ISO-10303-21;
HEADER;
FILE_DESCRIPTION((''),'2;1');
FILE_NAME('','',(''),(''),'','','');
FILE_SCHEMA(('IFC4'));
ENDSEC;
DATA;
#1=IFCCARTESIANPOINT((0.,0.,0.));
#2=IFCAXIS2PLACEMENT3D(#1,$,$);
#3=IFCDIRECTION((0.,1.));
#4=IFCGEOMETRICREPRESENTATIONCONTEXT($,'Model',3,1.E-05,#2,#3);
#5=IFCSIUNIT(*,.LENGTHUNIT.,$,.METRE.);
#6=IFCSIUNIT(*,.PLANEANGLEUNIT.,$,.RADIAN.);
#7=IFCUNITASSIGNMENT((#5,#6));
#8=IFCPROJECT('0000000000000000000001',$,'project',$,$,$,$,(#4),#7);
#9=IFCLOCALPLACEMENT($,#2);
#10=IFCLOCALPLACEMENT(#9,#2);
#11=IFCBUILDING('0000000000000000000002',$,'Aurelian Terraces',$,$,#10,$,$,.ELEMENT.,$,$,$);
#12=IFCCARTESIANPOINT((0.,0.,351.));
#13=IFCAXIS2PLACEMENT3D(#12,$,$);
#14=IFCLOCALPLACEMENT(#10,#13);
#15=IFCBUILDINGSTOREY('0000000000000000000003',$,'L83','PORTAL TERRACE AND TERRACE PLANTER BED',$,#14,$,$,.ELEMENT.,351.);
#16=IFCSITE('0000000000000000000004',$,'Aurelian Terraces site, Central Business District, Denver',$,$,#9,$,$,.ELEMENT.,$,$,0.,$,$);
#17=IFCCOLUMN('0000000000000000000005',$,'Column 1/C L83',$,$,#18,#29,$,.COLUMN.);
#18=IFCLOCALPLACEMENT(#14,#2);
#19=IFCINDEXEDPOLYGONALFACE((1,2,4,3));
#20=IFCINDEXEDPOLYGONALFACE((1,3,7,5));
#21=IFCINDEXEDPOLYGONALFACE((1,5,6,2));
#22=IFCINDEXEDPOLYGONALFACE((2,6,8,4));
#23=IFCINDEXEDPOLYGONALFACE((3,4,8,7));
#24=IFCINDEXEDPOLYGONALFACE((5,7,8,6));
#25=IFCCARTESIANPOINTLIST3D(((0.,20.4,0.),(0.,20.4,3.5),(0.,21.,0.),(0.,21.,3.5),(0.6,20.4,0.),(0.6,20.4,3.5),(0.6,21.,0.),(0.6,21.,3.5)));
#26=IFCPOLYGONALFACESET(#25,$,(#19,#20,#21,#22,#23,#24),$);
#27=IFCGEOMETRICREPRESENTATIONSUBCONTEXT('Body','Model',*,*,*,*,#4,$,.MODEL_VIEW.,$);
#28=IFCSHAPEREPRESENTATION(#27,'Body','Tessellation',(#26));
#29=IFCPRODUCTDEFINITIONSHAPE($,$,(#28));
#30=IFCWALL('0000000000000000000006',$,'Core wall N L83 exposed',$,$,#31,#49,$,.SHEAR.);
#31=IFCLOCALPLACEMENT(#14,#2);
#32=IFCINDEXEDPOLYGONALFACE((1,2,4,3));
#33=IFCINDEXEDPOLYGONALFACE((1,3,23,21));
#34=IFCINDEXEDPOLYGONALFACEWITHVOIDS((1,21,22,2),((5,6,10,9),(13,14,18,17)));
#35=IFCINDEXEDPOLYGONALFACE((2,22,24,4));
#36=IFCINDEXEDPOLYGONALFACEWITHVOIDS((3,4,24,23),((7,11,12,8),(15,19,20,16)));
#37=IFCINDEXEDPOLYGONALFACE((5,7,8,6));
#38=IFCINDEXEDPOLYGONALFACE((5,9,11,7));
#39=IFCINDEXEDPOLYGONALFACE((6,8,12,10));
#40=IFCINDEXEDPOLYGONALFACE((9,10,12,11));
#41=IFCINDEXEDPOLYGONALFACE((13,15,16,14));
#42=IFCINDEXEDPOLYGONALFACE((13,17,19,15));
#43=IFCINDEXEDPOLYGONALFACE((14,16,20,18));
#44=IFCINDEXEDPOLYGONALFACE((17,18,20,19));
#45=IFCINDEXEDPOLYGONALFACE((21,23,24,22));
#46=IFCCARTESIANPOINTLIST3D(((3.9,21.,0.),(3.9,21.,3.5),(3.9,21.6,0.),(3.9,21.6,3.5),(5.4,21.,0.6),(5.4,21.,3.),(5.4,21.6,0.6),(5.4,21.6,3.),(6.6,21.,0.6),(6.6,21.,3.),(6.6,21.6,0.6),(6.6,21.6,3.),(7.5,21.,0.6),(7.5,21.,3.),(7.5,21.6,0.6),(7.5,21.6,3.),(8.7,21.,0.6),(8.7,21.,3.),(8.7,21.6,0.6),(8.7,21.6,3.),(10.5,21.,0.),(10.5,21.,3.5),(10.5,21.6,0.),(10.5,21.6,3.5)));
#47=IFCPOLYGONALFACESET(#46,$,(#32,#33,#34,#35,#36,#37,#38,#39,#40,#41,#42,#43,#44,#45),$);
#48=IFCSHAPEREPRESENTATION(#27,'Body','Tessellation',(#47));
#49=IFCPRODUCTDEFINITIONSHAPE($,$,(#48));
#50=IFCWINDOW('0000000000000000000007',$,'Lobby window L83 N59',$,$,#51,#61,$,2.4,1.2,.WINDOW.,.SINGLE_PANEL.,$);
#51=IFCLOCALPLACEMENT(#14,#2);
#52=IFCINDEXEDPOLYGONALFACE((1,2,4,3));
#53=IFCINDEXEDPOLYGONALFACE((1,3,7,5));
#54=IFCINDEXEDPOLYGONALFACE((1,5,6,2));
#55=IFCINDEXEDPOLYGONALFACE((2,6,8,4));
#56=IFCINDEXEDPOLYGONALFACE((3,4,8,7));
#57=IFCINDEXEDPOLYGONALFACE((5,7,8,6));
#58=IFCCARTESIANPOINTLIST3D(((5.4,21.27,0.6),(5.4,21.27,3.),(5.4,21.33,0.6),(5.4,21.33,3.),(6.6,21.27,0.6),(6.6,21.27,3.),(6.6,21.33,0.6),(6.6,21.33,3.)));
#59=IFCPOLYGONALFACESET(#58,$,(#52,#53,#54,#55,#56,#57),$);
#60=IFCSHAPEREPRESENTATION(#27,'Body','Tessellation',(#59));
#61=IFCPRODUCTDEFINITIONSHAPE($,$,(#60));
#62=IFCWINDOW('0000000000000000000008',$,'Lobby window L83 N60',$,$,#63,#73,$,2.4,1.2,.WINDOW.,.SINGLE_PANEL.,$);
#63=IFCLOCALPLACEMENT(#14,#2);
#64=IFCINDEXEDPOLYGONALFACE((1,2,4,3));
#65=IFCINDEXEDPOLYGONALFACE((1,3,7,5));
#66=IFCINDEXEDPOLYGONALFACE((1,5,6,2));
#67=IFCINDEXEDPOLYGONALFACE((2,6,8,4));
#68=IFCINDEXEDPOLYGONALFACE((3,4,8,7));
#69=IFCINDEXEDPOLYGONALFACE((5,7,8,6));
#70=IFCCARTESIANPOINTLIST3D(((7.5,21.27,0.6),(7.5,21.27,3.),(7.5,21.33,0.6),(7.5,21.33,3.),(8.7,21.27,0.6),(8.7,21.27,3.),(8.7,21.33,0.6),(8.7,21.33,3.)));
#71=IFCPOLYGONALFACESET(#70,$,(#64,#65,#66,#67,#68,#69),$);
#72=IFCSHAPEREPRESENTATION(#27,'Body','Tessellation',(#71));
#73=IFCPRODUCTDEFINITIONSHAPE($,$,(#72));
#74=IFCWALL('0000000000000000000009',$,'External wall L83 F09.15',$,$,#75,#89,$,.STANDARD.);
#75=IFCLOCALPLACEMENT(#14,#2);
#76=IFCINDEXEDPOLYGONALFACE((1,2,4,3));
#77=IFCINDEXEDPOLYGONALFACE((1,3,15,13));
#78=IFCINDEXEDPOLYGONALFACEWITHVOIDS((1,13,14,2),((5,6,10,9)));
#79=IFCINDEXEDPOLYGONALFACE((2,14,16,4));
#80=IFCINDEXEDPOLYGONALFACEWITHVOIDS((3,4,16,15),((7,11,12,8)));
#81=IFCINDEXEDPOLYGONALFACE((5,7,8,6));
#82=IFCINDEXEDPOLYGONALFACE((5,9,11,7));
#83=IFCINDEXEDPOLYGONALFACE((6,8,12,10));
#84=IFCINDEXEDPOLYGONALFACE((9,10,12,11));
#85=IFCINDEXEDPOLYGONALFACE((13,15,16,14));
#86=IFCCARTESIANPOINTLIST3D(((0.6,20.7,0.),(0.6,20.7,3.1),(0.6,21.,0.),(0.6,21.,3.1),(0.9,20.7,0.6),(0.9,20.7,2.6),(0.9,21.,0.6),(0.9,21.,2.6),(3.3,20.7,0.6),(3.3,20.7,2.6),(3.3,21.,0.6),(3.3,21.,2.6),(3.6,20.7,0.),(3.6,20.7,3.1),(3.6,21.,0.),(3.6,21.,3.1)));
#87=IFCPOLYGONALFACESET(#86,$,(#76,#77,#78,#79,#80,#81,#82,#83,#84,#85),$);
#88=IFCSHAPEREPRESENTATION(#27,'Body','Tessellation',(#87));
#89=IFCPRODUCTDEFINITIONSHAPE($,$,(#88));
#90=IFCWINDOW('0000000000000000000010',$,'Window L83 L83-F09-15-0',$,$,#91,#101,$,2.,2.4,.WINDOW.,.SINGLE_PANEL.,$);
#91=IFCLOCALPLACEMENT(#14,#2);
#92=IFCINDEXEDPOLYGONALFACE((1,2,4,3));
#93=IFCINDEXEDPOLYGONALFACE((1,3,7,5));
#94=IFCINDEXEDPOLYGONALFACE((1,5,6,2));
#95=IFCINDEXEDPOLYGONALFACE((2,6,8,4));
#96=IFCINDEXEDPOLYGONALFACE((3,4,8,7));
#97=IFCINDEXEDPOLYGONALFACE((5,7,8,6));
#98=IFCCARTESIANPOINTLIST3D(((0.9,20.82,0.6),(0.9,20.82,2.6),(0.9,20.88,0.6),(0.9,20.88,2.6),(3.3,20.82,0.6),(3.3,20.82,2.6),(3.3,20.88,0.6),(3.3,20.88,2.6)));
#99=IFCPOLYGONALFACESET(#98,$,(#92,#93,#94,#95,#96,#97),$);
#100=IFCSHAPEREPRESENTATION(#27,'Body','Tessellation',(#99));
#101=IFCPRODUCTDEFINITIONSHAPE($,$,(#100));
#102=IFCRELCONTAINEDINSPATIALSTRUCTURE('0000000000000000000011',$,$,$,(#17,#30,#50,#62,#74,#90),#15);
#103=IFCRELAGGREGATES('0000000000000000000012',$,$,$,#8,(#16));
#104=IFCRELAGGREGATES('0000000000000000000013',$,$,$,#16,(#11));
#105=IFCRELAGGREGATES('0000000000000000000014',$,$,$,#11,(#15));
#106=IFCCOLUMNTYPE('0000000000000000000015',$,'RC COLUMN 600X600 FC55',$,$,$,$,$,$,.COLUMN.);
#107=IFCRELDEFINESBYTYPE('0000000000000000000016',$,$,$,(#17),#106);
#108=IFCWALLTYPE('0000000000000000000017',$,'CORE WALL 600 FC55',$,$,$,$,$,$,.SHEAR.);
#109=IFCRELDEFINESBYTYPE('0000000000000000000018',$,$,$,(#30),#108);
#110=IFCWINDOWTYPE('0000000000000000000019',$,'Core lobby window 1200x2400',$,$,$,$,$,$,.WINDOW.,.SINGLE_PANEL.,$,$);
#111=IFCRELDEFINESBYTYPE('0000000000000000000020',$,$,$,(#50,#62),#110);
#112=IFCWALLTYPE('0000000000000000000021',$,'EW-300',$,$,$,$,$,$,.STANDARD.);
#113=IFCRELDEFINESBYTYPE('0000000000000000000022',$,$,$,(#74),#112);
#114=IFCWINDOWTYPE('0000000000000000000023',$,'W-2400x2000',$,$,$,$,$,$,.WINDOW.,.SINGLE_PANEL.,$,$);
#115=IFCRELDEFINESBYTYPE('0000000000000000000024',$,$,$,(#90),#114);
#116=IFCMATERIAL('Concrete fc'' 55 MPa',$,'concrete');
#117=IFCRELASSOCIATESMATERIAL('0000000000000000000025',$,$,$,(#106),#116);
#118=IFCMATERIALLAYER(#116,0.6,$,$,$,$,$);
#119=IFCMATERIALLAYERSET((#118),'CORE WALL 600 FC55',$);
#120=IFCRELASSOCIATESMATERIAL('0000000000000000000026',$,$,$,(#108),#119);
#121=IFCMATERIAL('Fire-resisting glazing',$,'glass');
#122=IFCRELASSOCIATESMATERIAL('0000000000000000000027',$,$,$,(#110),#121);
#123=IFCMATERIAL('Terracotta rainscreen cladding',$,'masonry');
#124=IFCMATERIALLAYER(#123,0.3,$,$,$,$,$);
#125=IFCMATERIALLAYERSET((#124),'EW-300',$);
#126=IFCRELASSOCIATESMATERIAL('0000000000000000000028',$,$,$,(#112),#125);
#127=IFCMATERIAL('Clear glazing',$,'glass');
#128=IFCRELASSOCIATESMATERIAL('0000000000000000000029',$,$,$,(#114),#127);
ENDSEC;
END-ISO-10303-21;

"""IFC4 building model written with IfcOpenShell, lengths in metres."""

from ifc_helpers import new_model, si_unit, direction, frame, frame_2d, origin, origin_2d, place, context, subcontext, project, spatial, rectangle, extrude, source, transform, mapped, material, layer, layer_set, material_profile, profile_set, type_object, element, fill, save


model = new_model("IFC4")

# Units and contexts
model_context = context("Model", 3, precision=1e-05, world=origin(), true_north=direction((0.0, 1.0)))
body_context = subcontext(model_context, "Body", "Model", "MODEL_VIEW")
ifc_project = project(units=[si_unit("LENGTHUNIT", "METRE"), si_unit("PLANEANGLEUNIT", "RADIAN")], contexts=[model_context])

# Site, building, storey
site_placement = place(None, origin())
site = spatial("IfcSite", under=ifc_project, at=site_placement, Name="Aurelian Terraces site, Central Business District, Denver", CompositionType="ELEMENT", RefElevation=0.0)
building_placement = place(site_placement, origin())
building = spatial("IfcBuilding", under=site, at=building_placement, Name="Aurelian Terraces", CompositionType="ELEMENT")
storey_placement = place(building_placement, frame((0.0, 0.0, 351.0)))
storey = spatial("IfcBuildingStorey", under=building, at=storey_placement, Name="L83", Description="PORTAL TERRACE AND TERRACE PLANTER BED", CompositionType="ELEMENT", Elevation=351.0)

# Column
ifc_material_1 = material(Name="Concrete fc' 55 MPa", Category="concrete")
ifc_material_profile = material_profile(ifc_material_1, rectangle(XDim=0.6, YDim=0.6, at=origin_2d()))
ifc_profile_set = profile_set([ifc_material_profile], Name="Concrete fc' 55 MPa")
column_type = type_object("IfcColumnType", Name="RC COLUMN 600X600 FC55", PredefinedType="COLUMN", material=ifc_profile_set)
shared_shape_1 = source(origin(), body_context, "Body", "SweptSolid", [
    extrude(rectangle(XDim=0.6, YDim=0.6, at=origin_2d()), origin(), (0.0, 0.0, 1.0), 3.5),
])
column_placement = place(storey_placement, frame((0.3, 20.7, 0.0), z_axis=(0.0, 0.0, 1.0), x_axis=(1.0, 0.0, 0.0)))
element("IfcColumn", 1, at=column_placement, inside=storey, type_object=column_type, Name="Column 1/C L83", PredefinedType="COLUMN", context=body_context, shape_type="MappedRepresentation", body=[
    mapped(shared_shape_1, transform((0.0, 0.0, 0.0), scale=1.0)),
])

# Wall, openings, windows
ifc_layer_1 = layer(ifc_material_1, 0.6)
ifc_layer_set_1 = layer_set([ifc_layer_1], Name="CORE WALL 600 FC55")
wall_type_1 = type_object("IfcWallType", Name="CORE WALL 600 FC55", PredefinedType="SHEAR", material=ifc_layer_set_1)
shared_shape_2 = source(origin(), body_context, "Body", "SweptSolid", [
    extrude(rectangle(XDim=6.6, YDim=0.6, at=frame_2d((3.3, 0.0))), origin(), (0.0, 0.0, 1.0), 3.5),
])
wall_1_placement = place(storey_placement, frame((3.9, 21.3, 0.0), z_axis=(0.0, 0.0, 1.0), x_axis=(1.0, 0.0, 0.0)))
wall_1 = element("IfcWall", 2, at=wall_1_placement, inside=storey, type_object=wall_type_1, Name="Core wall N L83 exposed", PredefinedType="SHEAR", context=body_context, shape_type="MappedRepresentation", body=[
    mapped(shared_shape_2, transform((0.0, 0.0, 0.0), scale=1.0)),
])
shared_shape_3 = source(origin(), body_context, "Body", "SweptSolid", [
    extrude(rectangle(XDim=1.2, YDim=2.4, at=frame_2d((0.6, 1.2))), frame((0.0, 0.31, 0.0), z_axis=(0.0, -1.0, 0.0), x_axis=(1.0, 0.0, 0.0)), (0.0, 0.0, 1.0), 0.62),
])
opening_1_placement = place(wall_1_placement, frame((1.5, 0.0, 0.6)))
opening_1 = element("IfcOpeningElement", 3, at=opening_1_placement, cuts=wall_1, PredefinedType="OPENING", context=body_context, shape_type="MappedRepresentation", body=[
    mapped(shared_shape_3, transform((0.0, 0.0, 0.0), scale=1.0)),
])
opening_2_placement = place(wall_1_placement, frame((3.6, 0.0, 0.6)))
opening_2 = element("IfcOpeningElement", 4, at=opening_2_placement, cuts=wall_1, PredefinedType="OPENING", context=body_context, shape_type="MappedRepresentation", body=[
    mapped(shared_shape_3, transform((0.0, 0.0, 0.0), scale=1.0)),
])
ifc_material_2 = material(Name="Fire-resisting glazing", Category="glass")
window_type_1 = type_object("IfcWindowType", Name="Core lobby window 1200x2400", PartitioningType="SINGLE_PANEL", PredefinedType="WINDOW", material=ifc_material_2)
shared_shape_4 = source(origin(), body_context, "Body", "SweptSolid", [
    extrude(rectangle(XDim=1.2, YDim=2.4, at=frame_2d((0.6, 1.2))), frame((0.0, 0.03, 0.0), z_axis=(0.0, -1.0, 0.0), x_axis=(1.0, 0.0, 0.0)), (0.0, 0.0, 1.0), 0.06),
])
window_1_placement = place(opening_1_placement, origin())
window_1 = element("IfcWindow", 5, at=window_1_placement, inside=storey, type_object=window_type_1, Name="Lobby window L83 N59", OverallHeight=2.4, OverallWidth=1.2, PartitioningType="SINGLE_PANEL", PredefinedType="WINDOW", context=body_context, shape_type="MappedRepresentation", body=[
    mapped(shared_shape_4, transform((0.0, 0.0, 0.0), scale=1.0)),
])
fill(opening_1, window_1)
window_2_placement = place(opening_2_placement, origin())
window_2 = element("IfcWindow", 6, at=window_2_placement, inside=storey, type_object=window_type_1, Name="Lobby window L83 N60", OverallHeight=2.4, OverallWidth=1.2, PartitioningType="SINGLE_PANEL", PredefinedType="WINDOW", context=body_context, shape_type="MappedRepresentation", body=[
    mapped(shared_shape_4, transform((0.0, 0.0, 0.0), scale=1.0)),
])
fill(opening_2, window_2)

# Wall, opening, window
ifc_material_3 = material(Name="Terracotta rainscreen cladding", Category="masonry")
ifc_layer_2 = layer(ifc_material_3, 0.3)
ifc_layer_set_2 = layer_set([ifc_layer_2], Name="EW-300")
wall_type_2 = type_object("IfcWallType", Name="EW-300", PredefinedType="STANDARD", material=ifc_layer_set_2)
shared_shape_5 = source(origin(), body_context, "Body", "SweptSolid", [
    extrude(rectangle(XDim=3.0, YDim=0.3, at=frame_2d((1.5, 0.0))), origin(), (0.0, 0.0, 1.0), 3.1),
])
wall_2_placement = place(storey_placement, frame((3.6, 20.85, 0.0), z_axis=(0.0, 0.0, 1.0), x_axis=(-1.0, 0.0, 0.0)))
wall_2 = element("IfcWall", 7, at=wall_2_placement, inside=storey, type_object=wall_type_2, Name="External wall L83 F09.15", PredefinedType="STANDARD", context=body_context, shape_type="MappedRepresentation", body=[
    mapped(shared_shape_5, transform((0.0, 0.0, 0.0), scale=1.0)),
])
shared_shape_6 = source(origin(), body_context, "Body", "SweptSolid", [
    extrude(rectangle(XDim=2.4, YDim=2.0, at=frame_2d((1.2, 1.0))), frame((0.0, 0.16, 0.0), z_axis=(0.0, -1.0, 0.0), x_axis=(1.0, 0.0, 0.0)), (0.0, 0.0, 1.0), 0.32),
])
opening_3_placement = place(wall_2_placement, frame((0.3, 0.0, 0.6)))
opening_3 = element("IfcOpeningElement", 8, at=opening_3_placement, cuts=wall_2, PredefinedType="OPENING", context=body_context, shape_type="MappedRepresentation", body=[
    mapped(shared_shape_6, transform((0.0, 0.0, 0.0), scale=1.0)),
])
ifc_material_4 = material(Name="Clear glazing", Category="glass")
window_type_2 = type_object("IfcWindowType", Name="W-2400x2000", PartitioningType="SINGLE_PANEL", PredefinedType="WINDOW", material=ifc_material_4)
shared_shape_7 = source(origin(), body_context, "Body", "SweptSolid", [
    extrude(rectangle(XDim=2.4, YDim=2.0, at=frame_2d((1.2, 1.0))), frame((0.0, 0.03, 0.0), z_axis=(0.0, -1.0, 0.0), x_axis=(1.0, 0.0, 0.0)), (0.0, 0.0, 1.0), 0.06),
])
window_3_placement = place(opening_3_placement, origin())
window_3 = element("IfcWindow", 9, at=window_3_placement, inside=storey, type_object=window_type_2, Name="Window L83 L83-F09-15-0", OverallHeight=2.0, OverallWidth=2.4, PartitioningType="SINGLE_PANEL", PredefinedType="WINDOW", context=body_context, shape_type="MappedRepresentation", body=[
    mapped(shared_shape_7, transform((0.0, 0.0, 0.0), scale=1.0)),
])
fill(opening_3, window_3)

save(model, "model.ifc")
